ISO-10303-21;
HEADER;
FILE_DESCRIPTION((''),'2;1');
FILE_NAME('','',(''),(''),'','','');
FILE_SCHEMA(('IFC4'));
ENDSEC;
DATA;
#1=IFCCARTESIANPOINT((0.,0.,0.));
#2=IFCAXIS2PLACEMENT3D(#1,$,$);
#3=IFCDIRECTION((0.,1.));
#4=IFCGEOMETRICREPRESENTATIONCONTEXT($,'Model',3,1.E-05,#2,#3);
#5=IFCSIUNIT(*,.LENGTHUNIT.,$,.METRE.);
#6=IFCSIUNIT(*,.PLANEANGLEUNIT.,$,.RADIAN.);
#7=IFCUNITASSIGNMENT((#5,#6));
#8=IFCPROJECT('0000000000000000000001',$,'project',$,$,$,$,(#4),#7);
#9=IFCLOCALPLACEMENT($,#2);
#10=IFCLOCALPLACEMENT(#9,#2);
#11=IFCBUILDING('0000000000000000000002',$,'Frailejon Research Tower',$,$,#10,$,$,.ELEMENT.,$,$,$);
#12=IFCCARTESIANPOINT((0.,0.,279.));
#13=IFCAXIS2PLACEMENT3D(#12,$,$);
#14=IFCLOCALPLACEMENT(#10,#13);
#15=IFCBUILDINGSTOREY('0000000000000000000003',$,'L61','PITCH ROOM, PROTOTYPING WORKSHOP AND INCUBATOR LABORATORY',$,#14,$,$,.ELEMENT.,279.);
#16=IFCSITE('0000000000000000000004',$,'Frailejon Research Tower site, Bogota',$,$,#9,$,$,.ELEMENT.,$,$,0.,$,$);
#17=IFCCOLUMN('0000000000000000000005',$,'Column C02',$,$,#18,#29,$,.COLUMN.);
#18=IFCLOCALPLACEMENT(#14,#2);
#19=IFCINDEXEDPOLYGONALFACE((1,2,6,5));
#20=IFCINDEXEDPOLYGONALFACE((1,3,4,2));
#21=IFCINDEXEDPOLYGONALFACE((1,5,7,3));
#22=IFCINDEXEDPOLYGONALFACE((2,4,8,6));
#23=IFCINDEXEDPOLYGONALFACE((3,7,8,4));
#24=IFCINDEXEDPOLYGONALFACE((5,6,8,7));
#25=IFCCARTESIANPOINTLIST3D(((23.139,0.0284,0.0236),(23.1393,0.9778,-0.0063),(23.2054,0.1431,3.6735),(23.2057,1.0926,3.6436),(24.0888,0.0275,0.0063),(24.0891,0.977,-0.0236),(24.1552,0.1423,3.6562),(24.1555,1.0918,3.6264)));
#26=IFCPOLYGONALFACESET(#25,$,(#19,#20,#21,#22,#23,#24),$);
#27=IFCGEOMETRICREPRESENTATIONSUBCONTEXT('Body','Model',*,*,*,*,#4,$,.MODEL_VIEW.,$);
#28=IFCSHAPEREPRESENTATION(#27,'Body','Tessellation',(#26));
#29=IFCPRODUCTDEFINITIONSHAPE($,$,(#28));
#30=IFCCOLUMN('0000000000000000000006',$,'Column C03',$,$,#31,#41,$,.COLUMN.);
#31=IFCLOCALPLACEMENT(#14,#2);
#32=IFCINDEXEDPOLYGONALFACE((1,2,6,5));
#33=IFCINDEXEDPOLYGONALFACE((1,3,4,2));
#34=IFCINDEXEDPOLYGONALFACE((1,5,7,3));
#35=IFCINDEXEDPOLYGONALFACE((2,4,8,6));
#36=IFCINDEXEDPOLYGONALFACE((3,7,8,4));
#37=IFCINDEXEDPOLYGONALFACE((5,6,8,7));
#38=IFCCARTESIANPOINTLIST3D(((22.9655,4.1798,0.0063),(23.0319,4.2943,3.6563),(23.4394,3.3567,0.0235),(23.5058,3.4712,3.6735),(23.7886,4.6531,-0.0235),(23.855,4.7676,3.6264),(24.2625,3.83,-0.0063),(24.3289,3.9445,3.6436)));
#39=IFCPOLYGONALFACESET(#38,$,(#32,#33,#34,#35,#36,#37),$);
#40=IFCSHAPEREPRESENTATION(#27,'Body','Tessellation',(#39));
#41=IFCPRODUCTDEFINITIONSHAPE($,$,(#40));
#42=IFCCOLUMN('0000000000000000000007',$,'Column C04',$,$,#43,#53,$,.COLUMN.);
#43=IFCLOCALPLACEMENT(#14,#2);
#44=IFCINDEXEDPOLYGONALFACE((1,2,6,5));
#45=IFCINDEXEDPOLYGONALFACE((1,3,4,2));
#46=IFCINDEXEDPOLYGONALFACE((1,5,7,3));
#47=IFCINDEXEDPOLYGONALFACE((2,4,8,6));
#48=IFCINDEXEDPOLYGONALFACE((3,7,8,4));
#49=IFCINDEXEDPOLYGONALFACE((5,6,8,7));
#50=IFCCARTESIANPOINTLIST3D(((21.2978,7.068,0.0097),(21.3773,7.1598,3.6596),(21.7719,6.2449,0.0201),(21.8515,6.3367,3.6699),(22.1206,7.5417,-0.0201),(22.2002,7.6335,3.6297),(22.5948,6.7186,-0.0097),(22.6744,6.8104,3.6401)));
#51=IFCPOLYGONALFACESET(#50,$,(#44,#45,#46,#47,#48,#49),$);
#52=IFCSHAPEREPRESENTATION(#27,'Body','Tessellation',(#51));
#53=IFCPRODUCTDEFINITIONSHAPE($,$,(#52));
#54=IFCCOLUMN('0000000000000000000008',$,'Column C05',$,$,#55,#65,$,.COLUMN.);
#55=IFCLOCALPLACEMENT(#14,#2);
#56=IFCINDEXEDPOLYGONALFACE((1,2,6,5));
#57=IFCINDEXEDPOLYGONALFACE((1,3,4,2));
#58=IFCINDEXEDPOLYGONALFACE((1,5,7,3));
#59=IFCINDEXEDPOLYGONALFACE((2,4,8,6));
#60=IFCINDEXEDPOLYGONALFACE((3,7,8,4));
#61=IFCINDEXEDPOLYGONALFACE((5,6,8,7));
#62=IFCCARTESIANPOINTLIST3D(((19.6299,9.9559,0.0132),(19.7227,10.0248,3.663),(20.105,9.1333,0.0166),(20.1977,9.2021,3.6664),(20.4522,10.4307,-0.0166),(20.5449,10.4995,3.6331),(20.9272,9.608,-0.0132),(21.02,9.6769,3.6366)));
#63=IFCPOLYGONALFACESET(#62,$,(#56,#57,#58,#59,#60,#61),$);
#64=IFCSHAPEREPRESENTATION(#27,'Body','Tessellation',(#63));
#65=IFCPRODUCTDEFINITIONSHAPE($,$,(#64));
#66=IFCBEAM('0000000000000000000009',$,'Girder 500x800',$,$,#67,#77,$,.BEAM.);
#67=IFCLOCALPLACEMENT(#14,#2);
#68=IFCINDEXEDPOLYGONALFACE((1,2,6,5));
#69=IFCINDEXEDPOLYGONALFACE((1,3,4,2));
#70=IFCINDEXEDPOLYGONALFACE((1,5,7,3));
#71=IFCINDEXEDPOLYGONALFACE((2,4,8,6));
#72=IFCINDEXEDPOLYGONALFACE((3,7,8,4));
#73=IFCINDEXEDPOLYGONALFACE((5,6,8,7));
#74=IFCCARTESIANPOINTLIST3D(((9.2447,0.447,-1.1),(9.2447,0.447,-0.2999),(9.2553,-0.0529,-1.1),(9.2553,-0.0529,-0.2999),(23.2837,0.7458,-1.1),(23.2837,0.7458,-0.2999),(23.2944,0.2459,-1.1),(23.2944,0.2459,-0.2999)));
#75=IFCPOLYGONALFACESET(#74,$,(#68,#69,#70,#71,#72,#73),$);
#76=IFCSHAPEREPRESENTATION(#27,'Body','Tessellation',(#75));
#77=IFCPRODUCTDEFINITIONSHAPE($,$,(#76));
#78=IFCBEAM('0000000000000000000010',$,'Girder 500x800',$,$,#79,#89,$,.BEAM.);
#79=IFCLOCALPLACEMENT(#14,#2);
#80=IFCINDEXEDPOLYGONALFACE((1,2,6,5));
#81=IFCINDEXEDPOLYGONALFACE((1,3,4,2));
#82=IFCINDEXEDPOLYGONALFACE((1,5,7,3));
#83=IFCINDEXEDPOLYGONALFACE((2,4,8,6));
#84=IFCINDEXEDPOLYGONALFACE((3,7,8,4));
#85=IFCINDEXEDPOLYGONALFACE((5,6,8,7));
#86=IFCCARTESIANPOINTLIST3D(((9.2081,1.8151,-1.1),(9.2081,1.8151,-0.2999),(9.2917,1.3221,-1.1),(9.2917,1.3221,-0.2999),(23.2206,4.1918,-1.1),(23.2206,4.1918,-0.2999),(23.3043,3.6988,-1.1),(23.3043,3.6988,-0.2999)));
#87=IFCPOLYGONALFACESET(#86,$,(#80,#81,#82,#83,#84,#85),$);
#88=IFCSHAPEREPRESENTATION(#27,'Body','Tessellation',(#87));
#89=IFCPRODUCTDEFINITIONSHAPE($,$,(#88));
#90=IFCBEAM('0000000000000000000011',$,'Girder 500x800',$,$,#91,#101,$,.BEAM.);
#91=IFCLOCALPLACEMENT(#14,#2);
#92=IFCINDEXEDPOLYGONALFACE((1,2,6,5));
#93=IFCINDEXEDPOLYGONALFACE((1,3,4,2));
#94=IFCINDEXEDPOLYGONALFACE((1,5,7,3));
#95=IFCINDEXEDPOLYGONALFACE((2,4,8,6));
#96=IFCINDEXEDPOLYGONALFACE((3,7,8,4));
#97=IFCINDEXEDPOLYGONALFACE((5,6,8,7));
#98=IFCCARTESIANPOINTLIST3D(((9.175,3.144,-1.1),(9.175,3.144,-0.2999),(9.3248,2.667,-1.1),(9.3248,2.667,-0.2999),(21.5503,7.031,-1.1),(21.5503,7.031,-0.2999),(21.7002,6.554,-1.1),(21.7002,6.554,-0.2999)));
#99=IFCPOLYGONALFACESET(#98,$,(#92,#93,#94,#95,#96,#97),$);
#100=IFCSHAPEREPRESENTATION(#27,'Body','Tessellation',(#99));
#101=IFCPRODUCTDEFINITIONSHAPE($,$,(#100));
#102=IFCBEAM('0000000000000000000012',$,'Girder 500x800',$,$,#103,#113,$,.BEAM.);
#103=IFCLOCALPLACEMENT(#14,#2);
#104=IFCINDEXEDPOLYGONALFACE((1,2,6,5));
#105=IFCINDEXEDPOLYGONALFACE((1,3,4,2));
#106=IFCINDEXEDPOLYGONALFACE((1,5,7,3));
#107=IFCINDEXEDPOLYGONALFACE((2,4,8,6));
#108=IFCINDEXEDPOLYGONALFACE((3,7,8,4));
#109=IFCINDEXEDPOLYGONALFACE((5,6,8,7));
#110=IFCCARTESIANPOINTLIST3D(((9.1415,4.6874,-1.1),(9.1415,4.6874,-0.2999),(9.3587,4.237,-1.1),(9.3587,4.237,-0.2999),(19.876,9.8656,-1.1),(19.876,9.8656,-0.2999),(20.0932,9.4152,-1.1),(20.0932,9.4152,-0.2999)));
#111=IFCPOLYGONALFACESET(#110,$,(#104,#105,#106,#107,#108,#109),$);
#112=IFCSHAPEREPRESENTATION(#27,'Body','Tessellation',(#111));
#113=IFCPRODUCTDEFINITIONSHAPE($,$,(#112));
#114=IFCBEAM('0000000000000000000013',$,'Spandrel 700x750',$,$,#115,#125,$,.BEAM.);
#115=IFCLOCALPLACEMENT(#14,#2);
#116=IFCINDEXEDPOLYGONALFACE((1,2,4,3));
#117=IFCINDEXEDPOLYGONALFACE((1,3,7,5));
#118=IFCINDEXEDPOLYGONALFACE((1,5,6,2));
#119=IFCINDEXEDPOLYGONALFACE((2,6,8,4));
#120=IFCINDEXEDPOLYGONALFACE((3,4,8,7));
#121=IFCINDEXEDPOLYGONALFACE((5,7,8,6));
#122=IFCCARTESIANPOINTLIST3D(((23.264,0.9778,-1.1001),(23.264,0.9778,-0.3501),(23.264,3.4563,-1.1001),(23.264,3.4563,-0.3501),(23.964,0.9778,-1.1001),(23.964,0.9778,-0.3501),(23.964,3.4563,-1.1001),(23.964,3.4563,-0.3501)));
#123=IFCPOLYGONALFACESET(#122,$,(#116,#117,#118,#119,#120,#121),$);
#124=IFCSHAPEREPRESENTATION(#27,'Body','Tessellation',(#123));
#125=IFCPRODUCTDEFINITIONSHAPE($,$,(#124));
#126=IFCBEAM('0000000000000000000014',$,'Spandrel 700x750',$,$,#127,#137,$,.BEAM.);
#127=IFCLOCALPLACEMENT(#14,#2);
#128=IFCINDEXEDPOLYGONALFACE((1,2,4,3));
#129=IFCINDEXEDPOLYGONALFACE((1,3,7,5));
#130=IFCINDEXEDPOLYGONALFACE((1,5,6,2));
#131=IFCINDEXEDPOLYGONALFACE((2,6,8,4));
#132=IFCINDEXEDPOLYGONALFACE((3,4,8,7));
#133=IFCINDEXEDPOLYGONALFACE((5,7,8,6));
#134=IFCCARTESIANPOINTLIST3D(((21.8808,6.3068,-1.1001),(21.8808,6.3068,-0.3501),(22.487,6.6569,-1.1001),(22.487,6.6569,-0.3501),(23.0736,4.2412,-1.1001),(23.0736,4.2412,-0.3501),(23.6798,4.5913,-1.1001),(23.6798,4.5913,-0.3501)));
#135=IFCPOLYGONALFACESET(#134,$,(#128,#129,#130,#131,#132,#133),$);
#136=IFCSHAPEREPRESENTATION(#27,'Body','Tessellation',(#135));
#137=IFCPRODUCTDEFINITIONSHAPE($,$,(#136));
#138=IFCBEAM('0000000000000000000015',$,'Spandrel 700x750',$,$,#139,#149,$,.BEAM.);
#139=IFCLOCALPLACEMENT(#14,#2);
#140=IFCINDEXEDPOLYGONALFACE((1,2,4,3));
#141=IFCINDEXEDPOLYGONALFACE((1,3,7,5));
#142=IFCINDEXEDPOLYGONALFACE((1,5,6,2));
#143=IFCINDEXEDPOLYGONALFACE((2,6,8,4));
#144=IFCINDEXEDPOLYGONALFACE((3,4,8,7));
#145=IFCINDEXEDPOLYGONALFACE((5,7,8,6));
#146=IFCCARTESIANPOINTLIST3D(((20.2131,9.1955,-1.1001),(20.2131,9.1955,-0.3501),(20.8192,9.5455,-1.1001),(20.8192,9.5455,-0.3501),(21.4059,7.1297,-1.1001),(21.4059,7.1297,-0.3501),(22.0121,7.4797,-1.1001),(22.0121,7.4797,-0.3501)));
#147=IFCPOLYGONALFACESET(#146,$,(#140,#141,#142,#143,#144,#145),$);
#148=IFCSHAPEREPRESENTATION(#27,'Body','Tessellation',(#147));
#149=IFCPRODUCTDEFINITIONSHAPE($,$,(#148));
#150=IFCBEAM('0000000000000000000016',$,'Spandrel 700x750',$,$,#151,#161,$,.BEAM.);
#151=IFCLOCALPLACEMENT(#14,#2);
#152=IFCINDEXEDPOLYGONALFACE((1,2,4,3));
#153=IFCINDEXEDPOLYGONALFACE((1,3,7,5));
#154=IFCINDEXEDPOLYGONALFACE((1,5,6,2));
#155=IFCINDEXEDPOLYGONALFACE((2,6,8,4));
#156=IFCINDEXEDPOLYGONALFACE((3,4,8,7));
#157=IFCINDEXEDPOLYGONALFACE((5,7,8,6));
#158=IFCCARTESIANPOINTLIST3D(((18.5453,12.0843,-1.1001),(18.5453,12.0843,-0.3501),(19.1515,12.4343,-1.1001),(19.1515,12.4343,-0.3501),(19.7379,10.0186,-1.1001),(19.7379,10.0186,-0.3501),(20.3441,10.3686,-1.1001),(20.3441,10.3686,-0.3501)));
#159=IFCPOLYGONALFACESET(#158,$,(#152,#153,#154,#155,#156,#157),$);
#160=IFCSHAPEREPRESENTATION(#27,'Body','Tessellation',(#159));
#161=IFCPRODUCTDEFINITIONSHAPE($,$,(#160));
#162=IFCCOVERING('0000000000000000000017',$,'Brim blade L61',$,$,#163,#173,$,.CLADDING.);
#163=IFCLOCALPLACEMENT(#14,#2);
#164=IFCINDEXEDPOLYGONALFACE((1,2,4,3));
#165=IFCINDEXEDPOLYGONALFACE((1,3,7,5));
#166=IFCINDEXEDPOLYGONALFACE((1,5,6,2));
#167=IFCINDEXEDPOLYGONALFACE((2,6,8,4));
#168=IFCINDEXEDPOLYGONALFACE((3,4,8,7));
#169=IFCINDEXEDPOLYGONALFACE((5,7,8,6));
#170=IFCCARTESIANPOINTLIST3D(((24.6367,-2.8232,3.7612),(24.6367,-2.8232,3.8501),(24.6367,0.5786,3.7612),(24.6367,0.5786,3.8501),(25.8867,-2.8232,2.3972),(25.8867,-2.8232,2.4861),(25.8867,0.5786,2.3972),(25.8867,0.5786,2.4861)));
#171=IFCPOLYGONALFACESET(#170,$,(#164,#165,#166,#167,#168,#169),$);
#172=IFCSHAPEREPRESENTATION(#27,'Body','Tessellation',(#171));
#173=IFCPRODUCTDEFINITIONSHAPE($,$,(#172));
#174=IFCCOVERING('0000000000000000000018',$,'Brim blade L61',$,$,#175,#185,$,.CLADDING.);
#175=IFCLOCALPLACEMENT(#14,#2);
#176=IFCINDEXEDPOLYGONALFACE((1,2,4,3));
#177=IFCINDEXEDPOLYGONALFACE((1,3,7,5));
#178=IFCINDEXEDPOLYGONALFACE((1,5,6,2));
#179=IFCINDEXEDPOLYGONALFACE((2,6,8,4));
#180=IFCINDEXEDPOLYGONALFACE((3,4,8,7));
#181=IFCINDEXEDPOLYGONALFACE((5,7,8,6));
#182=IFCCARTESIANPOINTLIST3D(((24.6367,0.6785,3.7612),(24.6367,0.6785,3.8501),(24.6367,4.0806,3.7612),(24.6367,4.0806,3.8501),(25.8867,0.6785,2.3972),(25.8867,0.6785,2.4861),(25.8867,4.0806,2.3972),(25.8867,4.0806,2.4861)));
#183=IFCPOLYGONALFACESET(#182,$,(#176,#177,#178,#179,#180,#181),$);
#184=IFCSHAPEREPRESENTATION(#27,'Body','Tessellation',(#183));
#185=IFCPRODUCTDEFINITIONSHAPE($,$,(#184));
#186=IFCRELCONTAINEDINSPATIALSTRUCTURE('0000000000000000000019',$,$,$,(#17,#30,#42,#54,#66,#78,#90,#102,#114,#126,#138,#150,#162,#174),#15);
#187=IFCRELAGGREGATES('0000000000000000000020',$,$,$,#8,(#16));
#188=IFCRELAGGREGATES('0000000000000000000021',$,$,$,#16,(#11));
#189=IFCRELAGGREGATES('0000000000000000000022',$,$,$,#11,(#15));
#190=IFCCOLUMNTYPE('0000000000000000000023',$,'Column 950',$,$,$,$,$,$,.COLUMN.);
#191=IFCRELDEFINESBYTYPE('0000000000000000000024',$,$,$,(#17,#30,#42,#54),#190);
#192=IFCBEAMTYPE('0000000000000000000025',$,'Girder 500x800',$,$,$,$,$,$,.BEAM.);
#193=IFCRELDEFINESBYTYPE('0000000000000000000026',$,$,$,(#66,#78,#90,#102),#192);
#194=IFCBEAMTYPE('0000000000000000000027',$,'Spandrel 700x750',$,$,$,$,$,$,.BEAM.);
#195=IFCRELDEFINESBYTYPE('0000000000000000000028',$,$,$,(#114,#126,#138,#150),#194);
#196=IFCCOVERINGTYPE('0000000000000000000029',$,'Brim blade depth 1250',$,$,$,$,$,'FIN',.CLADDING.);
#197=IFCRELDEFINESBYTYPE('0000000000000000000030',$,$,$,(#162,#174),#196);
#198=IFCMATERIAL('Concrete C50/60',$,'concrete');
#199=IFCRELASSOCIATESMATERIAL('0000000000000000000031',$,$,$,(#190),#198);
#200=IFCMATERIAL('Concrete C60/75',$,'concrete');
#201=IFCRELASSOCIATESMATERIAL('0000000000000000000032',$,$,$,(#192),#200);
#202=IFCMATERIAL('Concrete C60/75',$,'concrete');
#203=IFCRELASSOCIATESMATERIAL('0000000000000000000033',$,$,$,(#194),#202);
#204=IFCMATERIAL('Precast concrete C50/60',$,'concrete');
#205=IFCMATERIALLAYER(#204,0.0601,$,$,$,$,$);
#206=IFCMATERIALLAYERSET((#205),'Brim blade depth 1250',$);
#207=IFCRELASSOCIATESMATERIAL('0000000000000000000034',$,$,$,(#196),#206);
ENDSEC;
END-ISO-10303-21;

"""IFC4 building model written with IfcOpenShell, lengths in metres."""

from ifc_helpers import new_model, si_unit, direction, frame, origin, origin_2d, place, context, subcontext, project, spatial, polyline, rectangle, outline, extrude, material, layer, layer_set, material_profile, profile_set, type_object, element, save


model = new_model("IFC4")

# Units and contexts
model_context = context("Model", 3, precision=1e-05, world=origin(), true_north=direction((0.0, 1.0)))
body_context = subcontext(model_context, "Body", "Model", "MODEL_VIEW")
ifc_project = project(units=[si_unit("LENGTHUNIT", "METRE"), si_unit("PLANEANGLEUNIT", "RADIAN")], contexts=[model_context])

# Site, building, storey
site_placement = place(None, origin())
site = spatial("IfcSite", under=ifc_project, at=site_placement, Name="Frailejon Research Tower site, Bogota", CompositionType="ELEMENT", RefElevation=0.0)
building_placement = place(site_placement, origin())
building = spatial("IfcBuilding", under=site, at=building_placement, Name="Frailejon Research Tower", CompositionType="ELEMENT")
storey_placement = place(building_placement, frame((0.0, 0.0, 279.0)))
storey = spatial("IfcBuildingStorey", under=building, at=storey_placement, Name="L61", Description="PITCH ROOM, PROTOTYPING WORKSHOP AND INCUBATOR LABORATORY", CompositionType="ELEMENT", Elevation=279.0)

# Columns
ifc_material_1 = material(Name="Concrete C50/60", Category="concrete")
ifc_material_profile_1 = material_profile(ifc_material_1, rectangle(XDim=0.95, YDim=0.95, at=origin_2d()), Name="Column 950")
ifc_profile_set_1 = profile_set([ifc_material_profile_1], Name="Concrete C50/60")
column_type = type_object("IfcColumnType", Name="Column 950", PredefinedType="COLUMN", material=ifc_profile_set_1)
for number, where, z_axis, x_axis, name in (
    (1, (23.614, 0.5027, 0.0), (0.018182, 0.031417, 0.999341), (0.000297, 0.999506, -0.031428), "Column C02"),
    (2, (23.614, 4.0049, 0.0), (0.018182, 0.031351, 0.999343), (-0.49886, 0.866494, -0.018107), "Column C03"),
):
    element("IfcColumn", number, at=place(storey_placement, frame(where, z_axis=z_axis, x_axis=x_axis)), inside=storey, type_object=column_type, Name=name, PredefinedType="COLUMN", context=body_context, shape_type="SweptSolid", body=[
        extrude(rectangle(XDim=0.95, YDim=0.95, at=origin_2d()), origin(), (0.0, 0.0, 1.0), 3.6523),
    ])
column_1_placement = place(storey_placement, frame((21.9463, 6.8933, 0.0), z_axis=(0.021794, 0.025137, 0.999446), x_axis=(-0.499173, 0.866434, -0.010906)))
element("IfcColumn", 3, at=column_1_placement, inside=storey, type_object=column_type, Name="Column C04", PredefinedType="COLUMN", context=body_context, shape_type="SweptSolid", body=[
    extrude(rectangle(XDim=0.95, YDim=0.95, at=origin_2d()), origin(), (0.0, 0.0, 1.0), 3.6519),
])
column_2_placement = place(storey_placement, frame((20.2786, 9.782, 0.0), z_axis=(0.025405, 0.018853, 0.999499), x_axis=(-0.500084, 0.865969, -0.003624)))
element("IfcColumn", 4, at=column_2_placement, inside=storey, type_object=column_type, Name="Column C05", PredefinedType="COLUMN", context=body_context, shape_type="SweptSolid", body=[
    extrude(rectangle(XDim=0.95, YDim=0.95, at=origin_2d()), origin(), (0.0, 0.0, 1.0), 3.6516),
])

# Beams
ifc_material_2 = material(Name="Concrete C60/75", Category="concrete")
ifc_material_profile_2 = material_profile(ifc_material_2, rectangle(XDim=0.5, YDim=0.8, at=origin_2d()), Name="Girder 500x800")
ifc_profile_set_2 = profile_set([ifc_material_profile_2], Name="Concrete C60/75")
beam_type_1 = type_object("IfcBeamType", Name="Girder 500x800", PredefinedType="BEAM", material=ifc_profile_set_2)
beam_1_placement = place(storey_placement, frame((23.2891, 0.4958, -0.7), z_axis=(-0.999774, -0.021281, 0.0), x_axis=(0.021281, -0.999774, 0.0)))
element("IfcBeam", 5, at=beam_1_placement, inside=storey, type_object=beam_type_1, Name="Girder 500x800", PredefinedType="BEAM", context=body_context, shape_type="SweptSolid", body=[
    extrude(rectangle(XDim=0.5, YDim=0.8, at=origin_2d()), origin(), (0.0, 0.0, 1.0), 14.0422),
])
beam_2_placement = place(storey_placement, frame((23.2625, 3.9453, -0.7), z_axis=(-0.985919, -0.167226, 0.0), x_axis=(0.167226, -0.985919, 0.0)))
element("IfcBeam", 6, at=beam_2_placement, inside=storey, type_object=beam_type_1, Name="Girder 500x800", PredefinedType="BEAM", context=body_context, shape_type="SweptSolid", body=[
    extrude(rectangle(XDim=0.5, YDim=0.8, at=origin_2d()), origin(), (0.0, 0.0, 1.0), 14.2126),
])
beam_3_placement = place(storey_placement, frame((21.6252, 6.7925, -0.7), z_axis=(-0.954047, -0.299658, 0.0), x_axis=(0.299658, -0.954047, 0.0)))
element("IfcBeam", 7, at=beam_3_placement, inside=storey, type_object=beam_type_1, Name="Girder 500x800", PredefinedType="BEAM", context=body_context, shape_type="SweptSolid", body=[
    extrude(rectangle(XDim=0.5, YDim=0.8, at=origin_2d()), origin(), (0.0, 0.0, 1.0), 12.9714),
])
beam_4_placement = place(storey_placement, frame((19.9846, 9.6404, -0.7), z_axis=(-0.900683, -0.434476, 0.0), x_axis=(0.434476, -0.900683, 0.0)))
element("IfcBeam", 8, at=beam_4_placement, inside=storey, type_object=beam_type_1, Name="Girder 500x800", PredefinedType="BEAM", context=body_context, shape_type="SweptSolid", body=[
    extrude(rectangle(XDim=0.5, YDim=0.8, at=origin_2d()), origin(), (0.0, 0.0, 1.0), 11.9182),
])
ifc_material_3 = material(Name="Concrete C60/75", Category="concrete")
ifc_material_profile_3 = material_profile(ifc_material_3, rectangle(XDim=0.7, YDim=0.75, at=origin_2d()), Name="Spandrel 700x750")
ifc_profile_set_3 = profile_set([ifc_material_profile_3], Name="Concrete C60/75")
beam_type_2 = type_object("IfcBeamType", Name="Spandrel 700x750", PredefinedType="BEAM", material=ifc_profile_set_3)
beam_5_placement = place(storey_placement, frame((23.614, 0.9778, -0.7251), z_axis=(0.0, 1.0, 0.0), x_axis=(-1.0, 0.0, 0.0)))
element("IfcBeam", 9, at=beam_5_placement, inside=storey, type_object=beam_type_2, Name="Spandrel 700x750", PredefinedType="BEAM", context=body_context, shape_type="SweptSolid", body=[
    extrude(rectangle(XDim=0.7, YDim=0.75, at=origin_2d()), origin(), (0.0, 0.0, 1.0), 2.4785),
])
beam_6_placement = place(storey_placement, frame((23.3767, 4.4163, -0.7251), z_axis=(-0.50008, 0.865979, 0.0), x_axis=(-0.865979, -0.50008, 0.0)))
element("IfcBeam", 10, at=beam_6_placement, inside=storey, type_object=beam_type_2, Name="Spandrel 700x750", PredefinedType="BEAM", context=body_context, shape_type="SweptSolid", body=[
    extrude(rectangle(XDim=0.7, YDim=0.75, at=origin_2d()), origin(), (0.0, 0.0, 1.0), 2.3853),
])
beam_7_placement = place(storey_placement, frame((21.709, 7.3047, -0.7251), z_axis=(-0.500035, 0.866005, 0.0), x_axis=(-0.866005, -0.500035, 0.0)))
element("IfcBeam", 11, at=beam_7_placement, inside=storey, type_object=beam_type_2, Name="Spandrel 700x750", PredefinedType="BEAM", context=body_context, shape_type="SweptSolid", body=[
    extrude(rectangle(XDim=0.7, YDim=0.75, at=origin_2d()), origin(), (0.0, 0.0, 1.0), 2.3855),
])
beam_8_placement = place(storey_placement, frame((20.041, 10.1936, -0.7251), z_axis=(-0.500003, 0.866024, 0.0), x_axis=(-0.866024, -0.500003, 0.0)))
element("IfcBeam", 12, at=beam_8_placement, inside=storey, type_object=beam_type_2, Name="Spandrel 700x750", PredefinedType="BEAM", context=body_context, shape_type="SweptSolid", body=[
    extrude(rectangle(XDim=0.7, YDim=0.75, at=origin_2d()), origin(), (0.0, 0.0, 1.0), 2.3853),
])

# Coverings
ifc_material_4 = material(Name="Precast concrete C50/60", Category="concrete")
ifc_layer_1 = layer(ifc_material_4, 0.0601)
ifc_layer_set_1 = layer_set([ifc_layer_1], Name="Brim blade depth 1250")
covering_type = type_object("IfcCoveringType", Name="Brim blade depth 1250", ElementType="FIN", PredefinedType="CLADDING", material=ifc_layer_set_1)
covering_1_placement = place(storey_placement, frame((24.6367, 0.5786, 3.8501), z_axis=(0.0, -1.0, 0.0), x_axis=(1.0, 0.0, 0.0)))
element("IfcCovering", 13, at=covering_1_placement, inside=storey, type_object=covering_type, Name="Brim blade L61", PredefinedType="CLADDING", context=body_context, shape_type="SweptSolid", body=[
    extrude(outline(polyline([(0.0, -0.0889), (1.25, -1.4529), (1.25, -1.364), (0.0, 0.0), (0.0, -0.0889)])), origin(), (0.0, 0.0, 1.0), 3.4019),
])
covering_2_placement = place(storey_placement, frame((24.6367, 4.0806, 3.8501), z_axis=(0.0, -1.0, 0.0), x_axis=(1.0, 0.0, 0.0)))
element("IfcCovering", 14, at=covering_2_placement, inside=storey, type_object=covering_type, Name="Brim blade L61", PredefinedType="CLADDING", context=body_context, shape_type="SweptSolid", body=[
    extrude(outline(polyline([(0.0, -0.0889), (1.25, -1.4529), (1.25, -1.364), (0.0, 0.0), (0.0, -0.0889)])), origin(), (0.0, 0.0, 1.0), 3.4021),
])

save(model, "model.ifc")
